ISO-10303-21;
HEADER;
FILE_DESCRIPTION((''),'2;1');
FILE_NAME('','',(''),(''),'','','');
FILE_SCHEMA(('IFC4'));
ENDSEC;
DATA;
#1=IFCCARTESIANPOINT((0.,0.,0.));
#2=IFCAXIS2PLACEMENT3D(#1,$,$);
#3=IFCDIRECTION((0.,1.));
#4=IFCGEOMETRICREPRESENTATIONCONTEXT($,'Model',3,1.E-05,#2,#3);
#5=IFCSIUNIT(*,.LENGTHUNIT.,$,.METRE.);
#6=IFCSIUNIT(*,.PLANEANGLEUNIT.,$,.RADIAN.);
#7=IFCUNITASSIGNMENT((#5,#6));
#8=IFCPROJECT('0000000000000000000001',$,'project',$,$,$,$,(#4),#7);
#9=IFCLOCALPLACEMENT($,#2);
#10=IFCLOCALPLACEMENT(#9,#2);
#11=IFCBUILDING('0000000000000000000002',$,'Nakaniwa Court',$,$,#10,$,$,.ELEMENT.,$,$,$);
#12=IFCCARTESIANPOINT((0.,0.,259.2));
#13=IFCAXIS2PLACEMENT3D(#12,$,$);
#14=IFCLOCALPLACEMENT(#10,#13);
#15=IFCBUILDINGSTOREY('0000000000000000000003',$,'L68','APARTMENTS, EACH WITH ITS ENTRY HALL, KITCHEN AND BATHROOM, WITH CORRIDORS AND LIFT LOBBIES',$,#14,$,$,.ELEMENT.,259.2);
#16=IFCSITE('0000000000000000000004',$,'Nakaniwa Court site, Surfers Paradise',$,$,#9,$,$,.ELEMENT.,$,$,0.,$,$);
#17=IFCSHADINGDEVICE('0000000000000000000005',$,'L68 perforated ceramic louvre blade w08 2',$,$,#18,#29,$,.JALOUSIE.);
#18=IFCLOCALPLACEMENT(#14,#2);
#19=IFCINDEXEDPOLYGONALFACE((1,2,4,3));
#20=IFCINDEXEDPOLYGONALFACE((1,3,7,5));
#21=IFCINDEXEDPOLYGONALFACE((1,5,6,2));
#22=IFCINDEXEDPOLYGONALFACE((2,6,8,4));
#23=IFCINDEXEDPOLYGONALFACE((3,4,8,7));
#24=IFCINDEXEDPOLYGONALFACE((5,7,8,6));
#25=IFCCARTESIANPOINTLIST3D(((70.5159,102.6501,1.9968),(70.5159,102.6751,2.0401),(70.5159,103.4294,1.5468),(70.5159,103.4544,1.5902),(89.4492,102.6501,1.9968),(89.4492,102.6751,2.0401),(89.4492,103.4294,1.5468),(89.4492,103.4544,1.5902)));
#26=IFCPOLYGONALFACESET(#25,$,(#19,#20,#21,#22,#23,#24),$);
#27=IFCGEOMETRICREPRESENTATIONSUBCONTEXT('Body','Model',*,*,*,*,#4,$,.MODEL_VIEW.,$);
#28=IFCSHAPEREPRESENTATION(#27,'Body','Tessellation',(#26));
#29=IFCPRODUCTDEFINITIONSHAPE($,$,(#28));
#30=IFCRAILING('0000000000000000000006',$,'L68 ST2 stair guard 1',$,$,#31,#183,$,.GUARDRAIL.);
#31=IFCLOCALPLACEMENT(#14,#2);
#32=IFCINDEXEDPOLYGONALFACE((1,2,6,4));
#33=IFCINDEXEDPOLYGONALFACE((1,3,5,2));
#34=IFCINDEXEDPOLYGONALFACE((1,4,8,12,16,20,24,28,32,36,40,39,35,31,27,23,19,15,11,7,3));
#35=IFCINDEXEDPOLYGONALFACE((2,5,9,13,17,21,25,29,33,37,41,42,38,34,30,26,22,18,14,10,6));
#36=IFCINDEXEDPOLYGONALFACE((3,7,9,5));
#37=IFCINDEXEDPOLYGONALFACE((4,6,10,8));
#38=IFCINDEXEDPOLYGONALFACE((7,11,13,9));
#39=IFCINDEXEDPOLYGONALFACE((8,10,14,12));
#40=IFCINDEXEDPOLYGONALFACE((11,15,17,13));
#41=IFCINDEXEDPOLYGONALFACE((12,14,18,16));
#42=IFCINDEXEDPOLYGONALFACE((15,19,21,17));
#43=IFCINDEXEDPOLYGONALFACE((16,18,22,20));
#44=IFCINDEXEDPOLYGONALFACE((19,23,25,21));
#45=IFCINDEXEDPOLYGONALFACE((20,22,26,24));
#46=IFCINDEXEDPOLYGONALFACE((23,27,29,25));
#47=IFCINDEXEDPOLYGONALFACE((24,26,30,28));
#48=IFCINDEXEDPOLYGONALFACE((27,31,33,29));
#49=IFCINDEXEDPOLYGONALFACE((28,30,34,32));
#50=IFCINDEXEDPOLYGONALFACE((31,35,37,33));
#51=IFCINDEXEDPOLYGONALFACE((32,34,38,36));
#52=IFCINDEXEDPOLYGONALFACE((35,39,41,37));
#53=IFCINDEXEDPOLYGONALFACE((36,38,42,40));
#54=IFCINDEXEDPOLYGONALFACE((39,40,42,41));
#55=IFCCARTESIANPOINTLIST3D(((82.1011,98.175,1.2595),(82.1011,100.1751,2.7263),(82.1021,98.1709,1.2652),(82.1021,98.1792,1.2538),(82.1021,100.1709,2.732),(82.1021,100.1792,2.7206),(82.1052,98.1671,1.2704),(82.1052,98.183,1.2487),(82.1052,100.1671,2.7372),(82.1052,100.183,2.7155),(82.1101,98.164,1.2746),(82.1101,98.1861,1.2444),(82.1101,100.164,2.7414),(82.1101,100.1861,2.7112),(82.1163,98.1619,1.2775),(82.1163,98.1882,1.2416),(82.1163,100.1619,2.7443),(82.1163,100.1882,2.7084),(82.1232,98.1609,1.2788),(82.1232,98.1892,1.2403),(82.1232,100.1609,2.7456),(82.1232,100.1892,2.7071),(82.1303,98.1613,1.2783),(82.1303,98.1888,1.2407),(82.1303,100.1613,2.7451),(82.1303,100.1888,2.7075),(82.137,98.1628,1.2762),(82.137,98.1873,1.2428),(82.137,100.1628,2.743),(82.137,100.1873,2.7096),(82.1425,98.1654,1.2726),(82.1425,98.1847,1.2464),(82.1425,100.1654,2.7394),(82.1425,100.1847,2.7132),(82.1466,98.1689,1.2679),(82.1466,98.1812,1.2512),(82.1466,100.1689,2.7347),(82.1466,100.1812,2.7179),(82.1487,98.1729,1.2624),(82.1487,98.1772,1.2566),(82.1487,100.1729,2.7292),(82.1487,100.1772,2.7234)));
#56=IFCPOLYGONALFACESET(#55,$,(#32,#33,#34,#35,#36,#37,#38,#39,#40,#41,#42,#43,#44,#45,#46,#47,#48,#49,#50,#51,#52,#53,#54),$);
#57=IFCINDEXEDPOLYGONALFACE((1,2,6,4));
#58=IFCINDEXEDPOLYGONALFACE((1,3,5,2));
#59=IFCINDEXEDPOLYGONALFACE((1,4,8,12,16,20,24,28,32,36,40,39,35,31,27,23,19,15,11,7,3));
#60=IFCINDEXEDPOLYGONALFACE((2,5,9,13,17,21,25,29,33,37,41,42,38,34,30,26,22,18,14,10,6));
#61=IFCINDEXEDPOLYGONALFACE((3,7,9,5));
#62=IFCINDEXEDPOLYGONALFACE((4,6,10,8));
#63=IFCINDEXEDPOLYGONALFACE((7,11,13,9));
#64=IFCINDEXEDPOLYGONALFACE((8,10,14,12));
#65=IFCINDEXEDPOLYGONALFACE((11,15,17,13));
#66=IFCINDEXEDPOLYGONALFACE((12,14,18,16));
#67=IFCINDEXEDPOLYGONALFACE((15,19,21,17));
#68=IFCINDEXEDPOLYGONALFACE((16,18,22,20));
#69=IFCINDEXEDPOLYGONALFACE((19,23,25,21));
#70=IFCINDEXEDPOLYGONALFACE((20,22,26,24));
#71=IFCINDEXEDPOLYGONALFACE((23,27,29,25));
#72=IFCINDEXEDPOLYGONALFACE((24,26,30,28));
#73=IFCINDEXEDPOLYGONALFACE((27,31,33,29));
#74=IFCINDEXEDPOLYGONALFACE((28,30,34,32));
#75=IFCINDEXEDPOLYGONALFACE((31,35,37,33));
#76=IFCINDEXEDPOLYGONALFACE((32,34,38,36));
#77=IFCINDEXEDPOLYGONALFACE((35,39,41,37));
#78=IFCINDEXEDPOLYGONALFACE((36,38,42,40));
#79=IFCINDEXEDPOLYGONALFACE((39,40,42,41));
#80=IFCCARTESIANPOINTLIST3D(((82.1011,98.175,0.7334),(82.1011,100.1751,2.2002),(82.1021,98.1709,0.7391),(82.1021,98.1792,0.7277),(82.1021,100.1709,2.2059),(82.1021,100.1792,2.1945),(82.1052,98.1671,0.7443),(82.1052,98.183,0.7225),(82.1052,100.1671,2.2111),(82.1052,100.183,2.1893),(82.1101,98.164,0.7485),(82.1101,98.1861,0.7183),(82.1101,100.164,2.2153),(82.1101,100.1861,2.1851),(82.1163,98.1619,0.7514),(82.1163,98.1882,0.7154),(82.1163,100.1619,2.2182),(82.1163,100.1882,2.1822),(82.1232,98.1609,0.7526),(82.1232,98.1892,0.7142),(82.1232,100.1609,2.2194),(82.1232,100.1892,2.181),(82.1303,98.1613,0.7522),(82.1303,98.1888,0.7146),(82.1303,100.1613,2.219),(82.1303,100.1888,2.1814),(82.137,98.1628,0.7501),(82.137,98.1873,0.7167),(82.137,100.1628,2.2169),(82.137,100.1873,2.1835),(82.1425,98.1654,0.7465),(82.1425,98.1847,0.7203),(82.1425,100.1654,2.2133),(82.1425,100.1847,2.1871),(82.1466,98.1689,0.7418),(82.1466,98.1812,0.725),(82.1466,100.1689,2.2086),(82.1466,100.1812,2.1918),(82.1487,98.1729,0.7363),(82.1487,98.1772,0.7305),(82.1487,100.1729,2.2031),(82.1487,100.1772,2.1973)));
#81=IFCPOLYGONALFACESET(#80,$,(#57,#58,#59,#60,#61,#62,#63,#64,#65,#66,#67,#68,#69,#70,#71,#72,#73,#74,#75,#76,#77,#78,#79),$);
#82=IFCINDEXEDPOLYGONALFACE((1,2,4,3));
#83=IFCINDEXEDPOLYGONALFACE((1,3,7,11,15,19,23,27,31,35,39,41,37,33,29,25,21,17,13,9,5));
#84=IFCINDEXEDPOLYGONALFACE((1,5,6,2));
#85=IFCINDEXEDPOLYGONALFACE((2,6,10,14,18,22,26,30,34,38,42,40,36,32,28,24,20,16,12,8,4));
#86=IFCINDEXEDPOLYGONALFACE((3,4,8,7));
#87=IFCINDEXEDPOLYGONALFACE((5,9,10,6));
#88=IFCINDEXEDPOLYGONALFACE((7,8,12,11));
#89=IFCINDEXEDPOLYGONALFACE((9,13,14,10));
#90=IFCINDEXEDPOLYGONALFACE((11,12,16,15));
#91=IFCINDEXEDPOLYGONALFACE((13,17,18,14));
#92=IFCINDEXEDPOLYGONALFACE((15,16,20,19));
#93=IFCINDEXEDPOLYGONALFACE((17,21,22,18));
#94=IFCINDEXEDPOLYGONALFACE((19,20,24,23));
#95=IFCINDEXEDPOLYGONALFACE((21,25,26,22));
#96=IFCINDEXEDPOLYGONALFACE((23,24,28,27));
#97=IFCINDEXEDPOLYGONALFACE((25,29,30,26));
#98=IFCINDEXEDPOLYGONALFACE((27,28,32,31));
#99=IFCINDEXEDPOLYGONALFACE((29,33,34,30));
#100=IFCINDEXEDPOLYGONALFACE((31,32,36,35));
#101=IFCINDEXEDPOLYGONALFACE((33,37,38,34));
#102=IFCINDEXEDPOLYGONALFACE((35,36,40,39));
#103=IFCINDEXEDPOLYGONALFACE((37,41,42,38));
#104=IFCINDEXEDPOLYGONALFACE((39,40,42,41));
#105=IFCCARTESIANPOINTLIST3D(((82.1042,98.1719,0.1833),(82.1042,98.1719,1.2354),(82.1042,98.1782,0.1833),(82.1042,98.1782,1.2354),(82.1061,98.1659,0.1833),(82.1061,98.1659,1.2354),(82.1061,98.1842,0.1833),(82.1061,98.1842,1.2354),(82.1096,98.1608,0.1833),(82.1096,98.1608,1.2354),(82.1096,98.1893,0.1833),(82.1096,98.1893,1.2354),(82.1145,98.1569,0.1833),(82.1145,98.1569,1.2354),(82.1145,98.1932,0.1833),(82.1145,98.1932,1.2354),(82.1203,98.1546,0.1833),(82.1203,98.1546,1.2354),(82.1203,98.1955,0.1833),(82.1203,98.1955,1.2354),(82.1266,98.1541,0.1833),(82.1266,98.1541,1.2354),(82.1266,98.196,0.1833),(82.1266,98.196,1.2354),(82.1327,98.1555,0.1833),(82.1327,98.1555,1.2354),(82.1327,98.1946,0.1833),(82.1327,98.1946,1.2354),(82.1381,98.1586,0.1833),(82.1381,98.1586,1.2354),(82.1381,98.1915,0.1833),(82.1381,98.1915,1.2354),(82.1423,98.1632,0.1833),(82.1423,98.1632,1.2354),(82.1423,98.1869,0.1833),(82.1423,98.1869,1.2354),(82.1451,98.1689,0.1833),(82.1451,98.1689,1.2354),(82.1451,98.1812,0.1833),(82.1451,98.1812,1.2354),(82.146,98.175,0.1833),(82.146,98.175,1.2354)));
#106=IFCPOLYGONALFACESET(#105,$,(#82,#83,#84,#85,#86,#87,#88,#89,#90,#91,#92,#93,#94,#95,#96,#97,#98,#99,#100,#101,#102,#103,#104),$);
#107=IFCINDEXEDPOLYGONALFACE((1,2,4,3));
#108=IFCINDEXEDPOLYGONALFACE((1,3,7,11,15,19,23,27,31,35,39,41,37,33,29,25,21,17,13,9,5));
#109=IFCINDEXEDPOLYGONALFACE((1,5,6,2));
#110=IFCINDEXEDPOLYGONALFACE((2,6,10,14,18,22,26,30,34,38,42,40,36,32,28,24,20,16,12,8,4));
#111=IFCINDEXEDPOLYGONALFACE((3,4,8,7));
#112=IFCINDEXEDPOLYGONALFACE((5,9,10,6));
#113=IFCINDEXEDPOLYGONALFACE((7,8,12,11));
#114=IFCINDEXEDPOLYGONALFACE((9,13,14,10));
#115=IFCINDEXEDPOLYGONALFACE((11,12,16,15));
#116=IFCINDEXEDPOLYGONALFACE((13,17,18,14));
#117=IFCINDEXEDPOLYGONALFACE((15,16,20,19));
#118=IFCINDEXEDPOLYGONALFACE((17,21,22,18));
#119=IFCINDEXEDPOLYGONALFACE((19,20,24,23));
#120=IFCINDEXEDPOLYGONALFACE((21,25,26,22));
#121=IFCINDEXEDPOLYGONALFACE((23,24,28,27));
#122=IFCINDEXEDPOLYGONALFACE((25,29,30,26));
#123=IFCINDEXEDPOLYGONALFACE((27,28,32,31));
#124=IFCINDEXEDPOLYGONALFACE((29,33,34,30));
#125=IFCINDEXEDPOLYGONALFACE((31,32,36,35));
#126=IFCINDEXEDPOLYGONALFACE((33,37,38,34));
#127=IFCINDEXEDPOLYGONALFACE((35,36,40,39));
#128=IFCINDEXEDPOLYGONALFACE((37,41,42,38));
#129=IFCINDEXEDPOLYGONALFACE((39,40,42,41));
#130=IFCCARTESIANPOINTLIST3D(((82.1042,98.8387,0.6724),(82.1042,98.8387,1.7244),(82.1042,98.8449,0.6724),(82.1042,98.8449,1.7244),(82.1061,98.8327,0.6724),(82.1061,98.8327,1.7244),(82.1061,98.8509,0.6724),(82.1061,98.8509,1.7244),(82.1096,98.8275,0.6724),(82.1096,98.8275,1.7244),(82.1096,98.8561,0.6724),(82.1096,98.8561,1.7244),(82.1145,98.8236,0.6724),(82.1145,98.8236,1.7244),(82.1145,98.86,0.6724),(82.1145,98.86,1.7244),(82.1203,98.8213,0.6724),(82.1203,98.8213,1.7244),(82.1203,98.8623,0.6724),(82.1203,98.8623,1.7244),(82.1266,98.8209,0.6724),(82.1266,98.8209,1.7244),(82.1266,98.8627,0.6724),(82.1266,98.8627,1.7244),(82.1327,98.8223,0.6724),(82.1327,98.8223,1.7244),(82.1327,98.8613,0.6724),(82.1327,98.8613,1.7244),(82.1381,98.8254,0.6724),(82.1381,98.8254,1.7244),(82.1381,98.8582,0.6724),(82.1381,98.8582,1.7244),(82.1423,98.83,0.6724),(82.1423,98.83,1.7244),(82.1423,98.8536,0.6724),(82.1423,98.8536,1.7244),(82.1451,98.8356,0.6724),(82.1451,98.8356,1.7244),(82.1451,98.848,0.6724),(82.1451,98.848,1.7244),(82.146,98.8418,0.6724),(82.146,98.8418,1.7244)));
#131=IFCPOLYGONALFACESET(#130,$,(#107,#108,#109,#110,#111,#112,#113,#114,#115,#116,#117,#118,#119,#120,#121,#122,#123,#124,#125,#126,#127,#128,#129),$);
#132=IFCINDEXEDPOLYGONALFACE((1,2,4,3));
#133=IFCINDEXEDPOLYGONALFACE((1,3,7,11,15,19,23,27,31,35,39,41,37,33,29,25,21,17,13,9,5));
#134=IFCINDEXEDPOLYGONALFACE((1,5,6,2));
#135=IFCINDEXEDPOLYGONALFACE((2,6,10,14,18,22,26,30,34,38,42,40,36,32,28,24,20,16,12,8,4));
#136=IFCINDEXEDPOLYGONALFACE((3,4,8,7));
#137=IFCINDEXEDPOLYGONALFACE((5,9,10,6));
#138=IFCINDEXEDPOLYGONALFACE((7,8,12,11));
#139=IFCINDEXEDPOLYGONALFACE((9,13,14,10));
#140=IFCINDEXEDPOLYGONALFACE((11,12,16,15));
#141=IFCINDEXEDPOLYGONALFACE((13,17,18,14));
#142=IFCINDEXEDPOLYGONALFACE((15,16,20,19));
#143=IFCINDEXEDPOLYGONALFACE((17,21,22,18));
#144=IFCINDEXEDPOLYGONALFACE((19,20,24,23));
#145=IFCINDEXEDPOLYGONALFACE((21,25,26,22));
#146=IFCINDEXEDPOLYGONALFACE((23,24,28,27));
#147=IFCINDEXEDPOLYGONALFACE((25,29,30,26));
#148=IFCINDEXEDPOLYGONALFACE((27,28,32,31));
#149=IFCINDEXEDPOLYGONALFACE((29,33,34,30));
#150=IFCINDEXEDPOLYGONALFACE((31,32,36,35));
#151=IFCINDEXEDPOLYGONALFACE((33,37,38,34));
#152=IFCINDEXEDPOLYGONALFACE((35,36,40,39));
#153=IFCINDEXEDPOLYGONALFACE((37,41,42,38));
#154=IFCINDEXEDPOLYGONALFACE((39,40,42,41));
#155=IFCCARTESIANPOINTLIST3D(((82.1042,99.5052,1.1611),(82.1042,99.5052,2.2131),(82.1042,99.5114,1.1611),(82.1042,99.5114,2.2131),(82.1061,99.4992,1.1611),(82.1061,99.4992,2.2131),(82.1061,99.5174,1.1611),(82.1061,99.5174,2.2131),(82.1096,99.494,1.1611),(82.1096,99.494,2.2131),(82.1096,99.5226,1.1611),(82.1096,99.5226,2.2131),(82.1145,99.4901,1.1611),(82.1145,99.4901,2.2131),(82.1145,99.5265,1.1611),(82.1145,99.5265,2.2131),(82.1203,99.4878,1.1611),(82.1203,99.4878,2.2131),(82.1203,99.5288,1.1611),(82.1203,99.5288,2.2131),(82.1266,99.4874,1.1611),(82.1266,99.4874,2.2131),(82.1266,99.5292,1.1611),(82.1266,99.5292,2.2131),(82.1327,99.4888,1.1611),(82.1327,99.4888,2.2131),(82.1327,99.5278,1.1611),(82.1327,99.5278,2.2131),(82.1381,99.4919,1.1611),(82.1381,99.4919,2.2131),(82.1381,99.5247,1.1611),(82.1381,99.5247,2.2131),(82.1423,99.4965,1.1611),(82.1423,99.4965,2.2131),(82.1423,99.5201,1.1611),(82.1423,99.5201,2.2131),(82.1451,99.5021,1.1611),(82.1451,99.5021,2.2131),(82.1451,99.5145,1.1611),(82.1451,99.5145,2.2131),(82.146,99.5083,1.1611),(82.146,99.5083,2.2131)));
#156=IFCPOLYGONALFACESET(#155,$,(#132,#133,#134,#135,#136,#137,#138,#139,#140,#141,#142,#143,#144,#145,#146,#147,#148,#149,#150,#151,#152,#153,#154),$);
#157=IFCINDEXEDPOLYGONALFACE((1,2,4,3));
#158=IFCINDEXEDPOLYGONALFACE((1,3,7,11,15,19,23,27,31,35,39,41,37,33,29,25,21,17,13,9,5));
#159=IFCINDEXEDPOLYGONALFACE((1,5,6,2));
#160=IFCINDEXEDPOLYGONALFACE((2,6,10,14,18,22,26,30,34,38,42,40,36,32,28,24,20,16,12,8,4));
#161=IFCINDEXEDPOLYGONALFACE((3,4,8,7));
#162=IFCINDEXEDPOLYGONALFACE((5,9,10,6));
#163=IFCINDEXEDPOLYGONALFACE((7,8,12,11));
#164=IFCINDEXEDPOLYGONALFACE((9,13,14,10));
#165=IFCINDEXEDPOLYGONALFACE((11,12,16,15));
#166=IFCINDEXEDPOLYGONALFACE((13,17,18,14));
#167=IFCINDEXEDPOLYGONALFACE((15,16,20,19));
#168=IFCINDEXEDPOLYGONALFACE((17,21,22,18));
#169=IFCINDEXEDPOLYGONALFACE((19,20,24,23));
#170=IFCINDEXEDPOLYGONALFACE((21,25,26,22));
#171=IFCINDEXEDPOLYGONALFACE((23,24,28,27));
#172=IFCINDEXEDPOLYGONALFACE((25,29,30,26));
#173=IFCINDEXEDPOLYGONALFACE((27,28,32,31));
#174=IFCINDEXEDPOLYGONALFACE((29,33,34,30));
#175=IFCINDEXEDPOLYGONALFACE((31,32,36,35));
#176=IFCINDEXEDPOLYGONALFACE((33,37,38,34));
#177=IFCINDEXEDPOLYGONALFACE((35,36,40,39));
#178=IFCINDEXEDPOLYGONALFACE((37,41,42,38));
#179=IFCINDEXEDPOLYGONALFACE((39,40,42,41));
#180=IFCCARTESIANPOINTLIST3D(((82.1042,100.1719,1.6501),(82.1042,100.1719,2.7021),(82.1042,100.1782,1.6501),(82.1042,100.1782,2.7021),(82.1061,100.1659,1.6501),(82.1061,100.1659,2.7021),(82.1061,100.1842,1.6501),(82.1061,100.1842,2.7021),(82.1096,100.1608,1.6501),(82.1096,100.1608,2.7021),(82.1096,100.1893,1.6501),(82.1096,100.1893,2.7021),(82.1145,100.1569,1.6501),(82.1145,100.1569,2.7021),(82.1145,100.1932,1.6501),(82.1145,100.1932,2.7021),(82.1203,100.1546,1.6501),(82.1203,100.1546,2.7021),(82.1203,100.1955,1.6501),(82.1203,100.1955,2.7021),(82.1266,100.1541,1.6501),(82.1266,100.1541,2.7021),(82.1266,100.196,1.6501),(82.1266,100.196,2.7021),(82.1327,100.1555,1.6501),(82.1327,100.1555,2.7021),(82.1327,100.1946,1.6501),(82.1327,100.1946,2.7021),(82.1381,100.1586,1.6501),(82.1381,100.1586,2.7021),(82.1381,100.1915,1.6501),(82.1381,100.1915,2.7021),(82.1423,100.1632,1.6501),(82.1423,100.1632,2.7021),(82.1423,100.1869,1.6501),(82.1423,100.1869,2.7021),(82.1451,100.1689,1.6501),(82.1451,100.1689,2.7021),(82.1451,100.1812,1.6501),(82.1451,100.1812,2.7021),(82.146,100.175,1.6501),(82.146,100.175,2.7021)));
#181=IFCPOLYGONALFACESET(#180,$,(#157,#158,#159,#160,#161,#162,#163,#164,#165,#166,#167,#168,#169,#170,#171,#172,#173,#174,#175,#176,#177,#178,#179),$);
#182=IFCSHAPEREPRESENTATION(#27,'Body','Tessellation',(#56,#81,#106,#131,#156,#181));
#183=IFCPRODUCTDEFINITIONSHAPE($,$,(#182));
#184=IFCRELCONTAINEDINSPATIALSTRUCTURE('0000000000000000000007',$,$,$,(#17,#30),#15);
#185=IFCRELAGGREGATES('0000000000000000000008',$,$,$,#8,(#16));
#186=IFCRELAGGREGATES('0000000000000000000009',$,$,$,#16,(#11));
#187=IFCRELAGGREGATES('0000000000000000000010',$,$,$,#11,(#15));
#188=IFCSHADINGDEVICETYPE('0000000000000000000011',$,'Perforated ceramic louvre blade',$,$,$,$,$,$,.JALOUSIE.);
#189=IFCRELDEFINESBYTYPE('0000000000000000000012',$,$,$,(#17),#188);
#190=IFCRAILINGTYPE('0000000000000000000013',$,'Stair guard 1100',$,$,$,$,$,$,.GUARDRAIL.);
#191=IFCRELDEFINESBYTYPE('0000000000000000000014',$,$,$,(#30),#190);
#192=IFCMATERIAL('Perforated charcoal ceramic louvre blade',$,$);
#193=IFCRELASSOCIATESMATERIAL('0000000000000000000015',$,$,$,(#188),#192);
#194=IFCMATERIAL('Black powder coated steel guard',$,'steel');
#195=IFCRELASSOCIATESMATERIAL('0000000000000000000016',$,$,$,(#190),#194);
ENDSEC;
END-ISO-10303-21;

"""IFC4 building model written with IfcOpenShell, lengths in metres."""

from ifc_helpers import new_model, si_unit, direction, frame, origin, origin_2d, place, context, subcontext, project, spatial, rectangle, circle, extrude, material, material_profile, profile_set, type_object, element, save


model = new_model("IFC4")

# Units and contexts
model_context = context("Model", 3, precision=1e-05, world=origin(), true_north=direction((0.0, 1.0)))
body_context = subcontext(model_context, "Body", "Model", "MODEL_VIEW")
ifc_project = project(units=[si_unit("LENGTHUNIT", "METRE"), si_unit("PLANEANGLEUNIT", "RADIAN")], contexts=[model_context])

# Site, building, storey
site_placement = place(None, origin())
site = spatial("IfcSite", under=ifc_project, at=site_placement, Name="Nakaniwa Court site, Surfers Paradise", CompositionType="ELEMENT", RefElevation=0.0)
building_placement = place(site_placement, origin())
building = spatial("IfcBuilding", under=site, at=building_placement, Name="Nakaniwa Court", CompositionType="ELEMENT")
storey_placement = place(building_placement, frame((0.0, 0.0, 259.2)))
storey = spatial("IfcBuildingStorey", under=building, at=storey_placement, Name="L68", Description="APARTMENTS, EACH WITH ITS ENTRY HALL, KITCHEN AND BATHROOM, WITH CORRIDORS AND LIFT LOBBIES", CompositionType="ELEMENT", Elevation=259.2)

# Shading device
ifc_material_1 = material(Name="Perforated charcoal ceramic louvre blade")
ifc_material_profile = material_profile(ifc_material_1, rectangle(XDim=0.8999, YDim=0.05, at=origin_2d()), Name="Perforated ceramic louvre blade")
ifc_profile_set = profile_set([ifc_material_profile], Name="Perforated charcoal ceramic louvre blade")
shading_device_type = type_object("IfcShadingDeviceType", Name="Perforated ceramic louvre blade", PredefinedType="JALOUSIE", material=ifc_profile_set)
for number, where, z_axis, x_axis, name in (
    (1, (89.4492, 103.0522, 1.7935), (-1.0, 0.0, 0.0), (0.0, -0.866025, 0.5), "L68 perforated ceramic louvre blade w08 2"),
):
    element("IfcShadingDevice", number, at=place(storey_placement, frame(where, z_axis=z_axis, x_axis=x_axis)), inside=storey, type_object=shading_device_type, Name=name, PredefinedType="JALOUSIE", context=body_context, shape_type="SweptSolid", body=[
        extrude(rectangle(XDim=0.8999, YDim=0.05, at=origin_2d()), origin(), (0.0, 0.0, 1.0), 18.9333),
    ])

# Railing
ifc_material_2 = material(Name="Black powder coated steel guard", Category="steel")
railing_type_1 = type_object("IfcRailingType", Name="Stair guard 1100", PredefinedType="GUARDRAIL", material=ifc_material_2)
railing_1_placement = place(storey_placement, frame((82.125, 98.175, 0.1833)))
element("IfcRailing", 2, at=railing_1_placement, inside=storey, type_object=railing_type_1, Name="L68 ST2 stair guard 1", PredefinedType="GUARDRAIL", context=body_context, shape_type="SweptSolid", body=[
    extrude(circle(Radius=0.0239, at=origin_2d()), frame((0.0, 0.0, 1.0762), z_axis=(0.0, 0.80638, 0.591398), x_axis=(-1.0, 0.0, 0.0)), (0.0, 0.0, 1.0), 2.4802),
    extrude(circle(Radius=0.0239, at=origin_2d()), frame((0.0, 0.0, 0.55), z_axis=(0.0, 0.80638, 0.591398), x_axis=(-1.0, 0.0, 0.0)), (0.0, 0.0, 1.0), 2.4802),
    extrude(circle(Radius=0.021, at=origin_2d()), origin(), (0.0, 0.0, 1.0), 1.052),
    extrude(circle(Radius=0.021, at=origin_2d()), frame((0.0, 0.6667, 0.489)), (0.0, 0.0, 1.0), 1.052),
    extrude(circle(Radius=0.021, at=origin_2d()), frame((0.0, 1.3333, 0.9778)), (0.0, 0.0, 1.0), 1.052),
    extrude(circle(Radius=0.021, at=origin_2d()), frame((0.0, 2.0, 1.4668)), (0.0, 0.0, 1.0), 1.052),
])

save(model, "model.ifc")
